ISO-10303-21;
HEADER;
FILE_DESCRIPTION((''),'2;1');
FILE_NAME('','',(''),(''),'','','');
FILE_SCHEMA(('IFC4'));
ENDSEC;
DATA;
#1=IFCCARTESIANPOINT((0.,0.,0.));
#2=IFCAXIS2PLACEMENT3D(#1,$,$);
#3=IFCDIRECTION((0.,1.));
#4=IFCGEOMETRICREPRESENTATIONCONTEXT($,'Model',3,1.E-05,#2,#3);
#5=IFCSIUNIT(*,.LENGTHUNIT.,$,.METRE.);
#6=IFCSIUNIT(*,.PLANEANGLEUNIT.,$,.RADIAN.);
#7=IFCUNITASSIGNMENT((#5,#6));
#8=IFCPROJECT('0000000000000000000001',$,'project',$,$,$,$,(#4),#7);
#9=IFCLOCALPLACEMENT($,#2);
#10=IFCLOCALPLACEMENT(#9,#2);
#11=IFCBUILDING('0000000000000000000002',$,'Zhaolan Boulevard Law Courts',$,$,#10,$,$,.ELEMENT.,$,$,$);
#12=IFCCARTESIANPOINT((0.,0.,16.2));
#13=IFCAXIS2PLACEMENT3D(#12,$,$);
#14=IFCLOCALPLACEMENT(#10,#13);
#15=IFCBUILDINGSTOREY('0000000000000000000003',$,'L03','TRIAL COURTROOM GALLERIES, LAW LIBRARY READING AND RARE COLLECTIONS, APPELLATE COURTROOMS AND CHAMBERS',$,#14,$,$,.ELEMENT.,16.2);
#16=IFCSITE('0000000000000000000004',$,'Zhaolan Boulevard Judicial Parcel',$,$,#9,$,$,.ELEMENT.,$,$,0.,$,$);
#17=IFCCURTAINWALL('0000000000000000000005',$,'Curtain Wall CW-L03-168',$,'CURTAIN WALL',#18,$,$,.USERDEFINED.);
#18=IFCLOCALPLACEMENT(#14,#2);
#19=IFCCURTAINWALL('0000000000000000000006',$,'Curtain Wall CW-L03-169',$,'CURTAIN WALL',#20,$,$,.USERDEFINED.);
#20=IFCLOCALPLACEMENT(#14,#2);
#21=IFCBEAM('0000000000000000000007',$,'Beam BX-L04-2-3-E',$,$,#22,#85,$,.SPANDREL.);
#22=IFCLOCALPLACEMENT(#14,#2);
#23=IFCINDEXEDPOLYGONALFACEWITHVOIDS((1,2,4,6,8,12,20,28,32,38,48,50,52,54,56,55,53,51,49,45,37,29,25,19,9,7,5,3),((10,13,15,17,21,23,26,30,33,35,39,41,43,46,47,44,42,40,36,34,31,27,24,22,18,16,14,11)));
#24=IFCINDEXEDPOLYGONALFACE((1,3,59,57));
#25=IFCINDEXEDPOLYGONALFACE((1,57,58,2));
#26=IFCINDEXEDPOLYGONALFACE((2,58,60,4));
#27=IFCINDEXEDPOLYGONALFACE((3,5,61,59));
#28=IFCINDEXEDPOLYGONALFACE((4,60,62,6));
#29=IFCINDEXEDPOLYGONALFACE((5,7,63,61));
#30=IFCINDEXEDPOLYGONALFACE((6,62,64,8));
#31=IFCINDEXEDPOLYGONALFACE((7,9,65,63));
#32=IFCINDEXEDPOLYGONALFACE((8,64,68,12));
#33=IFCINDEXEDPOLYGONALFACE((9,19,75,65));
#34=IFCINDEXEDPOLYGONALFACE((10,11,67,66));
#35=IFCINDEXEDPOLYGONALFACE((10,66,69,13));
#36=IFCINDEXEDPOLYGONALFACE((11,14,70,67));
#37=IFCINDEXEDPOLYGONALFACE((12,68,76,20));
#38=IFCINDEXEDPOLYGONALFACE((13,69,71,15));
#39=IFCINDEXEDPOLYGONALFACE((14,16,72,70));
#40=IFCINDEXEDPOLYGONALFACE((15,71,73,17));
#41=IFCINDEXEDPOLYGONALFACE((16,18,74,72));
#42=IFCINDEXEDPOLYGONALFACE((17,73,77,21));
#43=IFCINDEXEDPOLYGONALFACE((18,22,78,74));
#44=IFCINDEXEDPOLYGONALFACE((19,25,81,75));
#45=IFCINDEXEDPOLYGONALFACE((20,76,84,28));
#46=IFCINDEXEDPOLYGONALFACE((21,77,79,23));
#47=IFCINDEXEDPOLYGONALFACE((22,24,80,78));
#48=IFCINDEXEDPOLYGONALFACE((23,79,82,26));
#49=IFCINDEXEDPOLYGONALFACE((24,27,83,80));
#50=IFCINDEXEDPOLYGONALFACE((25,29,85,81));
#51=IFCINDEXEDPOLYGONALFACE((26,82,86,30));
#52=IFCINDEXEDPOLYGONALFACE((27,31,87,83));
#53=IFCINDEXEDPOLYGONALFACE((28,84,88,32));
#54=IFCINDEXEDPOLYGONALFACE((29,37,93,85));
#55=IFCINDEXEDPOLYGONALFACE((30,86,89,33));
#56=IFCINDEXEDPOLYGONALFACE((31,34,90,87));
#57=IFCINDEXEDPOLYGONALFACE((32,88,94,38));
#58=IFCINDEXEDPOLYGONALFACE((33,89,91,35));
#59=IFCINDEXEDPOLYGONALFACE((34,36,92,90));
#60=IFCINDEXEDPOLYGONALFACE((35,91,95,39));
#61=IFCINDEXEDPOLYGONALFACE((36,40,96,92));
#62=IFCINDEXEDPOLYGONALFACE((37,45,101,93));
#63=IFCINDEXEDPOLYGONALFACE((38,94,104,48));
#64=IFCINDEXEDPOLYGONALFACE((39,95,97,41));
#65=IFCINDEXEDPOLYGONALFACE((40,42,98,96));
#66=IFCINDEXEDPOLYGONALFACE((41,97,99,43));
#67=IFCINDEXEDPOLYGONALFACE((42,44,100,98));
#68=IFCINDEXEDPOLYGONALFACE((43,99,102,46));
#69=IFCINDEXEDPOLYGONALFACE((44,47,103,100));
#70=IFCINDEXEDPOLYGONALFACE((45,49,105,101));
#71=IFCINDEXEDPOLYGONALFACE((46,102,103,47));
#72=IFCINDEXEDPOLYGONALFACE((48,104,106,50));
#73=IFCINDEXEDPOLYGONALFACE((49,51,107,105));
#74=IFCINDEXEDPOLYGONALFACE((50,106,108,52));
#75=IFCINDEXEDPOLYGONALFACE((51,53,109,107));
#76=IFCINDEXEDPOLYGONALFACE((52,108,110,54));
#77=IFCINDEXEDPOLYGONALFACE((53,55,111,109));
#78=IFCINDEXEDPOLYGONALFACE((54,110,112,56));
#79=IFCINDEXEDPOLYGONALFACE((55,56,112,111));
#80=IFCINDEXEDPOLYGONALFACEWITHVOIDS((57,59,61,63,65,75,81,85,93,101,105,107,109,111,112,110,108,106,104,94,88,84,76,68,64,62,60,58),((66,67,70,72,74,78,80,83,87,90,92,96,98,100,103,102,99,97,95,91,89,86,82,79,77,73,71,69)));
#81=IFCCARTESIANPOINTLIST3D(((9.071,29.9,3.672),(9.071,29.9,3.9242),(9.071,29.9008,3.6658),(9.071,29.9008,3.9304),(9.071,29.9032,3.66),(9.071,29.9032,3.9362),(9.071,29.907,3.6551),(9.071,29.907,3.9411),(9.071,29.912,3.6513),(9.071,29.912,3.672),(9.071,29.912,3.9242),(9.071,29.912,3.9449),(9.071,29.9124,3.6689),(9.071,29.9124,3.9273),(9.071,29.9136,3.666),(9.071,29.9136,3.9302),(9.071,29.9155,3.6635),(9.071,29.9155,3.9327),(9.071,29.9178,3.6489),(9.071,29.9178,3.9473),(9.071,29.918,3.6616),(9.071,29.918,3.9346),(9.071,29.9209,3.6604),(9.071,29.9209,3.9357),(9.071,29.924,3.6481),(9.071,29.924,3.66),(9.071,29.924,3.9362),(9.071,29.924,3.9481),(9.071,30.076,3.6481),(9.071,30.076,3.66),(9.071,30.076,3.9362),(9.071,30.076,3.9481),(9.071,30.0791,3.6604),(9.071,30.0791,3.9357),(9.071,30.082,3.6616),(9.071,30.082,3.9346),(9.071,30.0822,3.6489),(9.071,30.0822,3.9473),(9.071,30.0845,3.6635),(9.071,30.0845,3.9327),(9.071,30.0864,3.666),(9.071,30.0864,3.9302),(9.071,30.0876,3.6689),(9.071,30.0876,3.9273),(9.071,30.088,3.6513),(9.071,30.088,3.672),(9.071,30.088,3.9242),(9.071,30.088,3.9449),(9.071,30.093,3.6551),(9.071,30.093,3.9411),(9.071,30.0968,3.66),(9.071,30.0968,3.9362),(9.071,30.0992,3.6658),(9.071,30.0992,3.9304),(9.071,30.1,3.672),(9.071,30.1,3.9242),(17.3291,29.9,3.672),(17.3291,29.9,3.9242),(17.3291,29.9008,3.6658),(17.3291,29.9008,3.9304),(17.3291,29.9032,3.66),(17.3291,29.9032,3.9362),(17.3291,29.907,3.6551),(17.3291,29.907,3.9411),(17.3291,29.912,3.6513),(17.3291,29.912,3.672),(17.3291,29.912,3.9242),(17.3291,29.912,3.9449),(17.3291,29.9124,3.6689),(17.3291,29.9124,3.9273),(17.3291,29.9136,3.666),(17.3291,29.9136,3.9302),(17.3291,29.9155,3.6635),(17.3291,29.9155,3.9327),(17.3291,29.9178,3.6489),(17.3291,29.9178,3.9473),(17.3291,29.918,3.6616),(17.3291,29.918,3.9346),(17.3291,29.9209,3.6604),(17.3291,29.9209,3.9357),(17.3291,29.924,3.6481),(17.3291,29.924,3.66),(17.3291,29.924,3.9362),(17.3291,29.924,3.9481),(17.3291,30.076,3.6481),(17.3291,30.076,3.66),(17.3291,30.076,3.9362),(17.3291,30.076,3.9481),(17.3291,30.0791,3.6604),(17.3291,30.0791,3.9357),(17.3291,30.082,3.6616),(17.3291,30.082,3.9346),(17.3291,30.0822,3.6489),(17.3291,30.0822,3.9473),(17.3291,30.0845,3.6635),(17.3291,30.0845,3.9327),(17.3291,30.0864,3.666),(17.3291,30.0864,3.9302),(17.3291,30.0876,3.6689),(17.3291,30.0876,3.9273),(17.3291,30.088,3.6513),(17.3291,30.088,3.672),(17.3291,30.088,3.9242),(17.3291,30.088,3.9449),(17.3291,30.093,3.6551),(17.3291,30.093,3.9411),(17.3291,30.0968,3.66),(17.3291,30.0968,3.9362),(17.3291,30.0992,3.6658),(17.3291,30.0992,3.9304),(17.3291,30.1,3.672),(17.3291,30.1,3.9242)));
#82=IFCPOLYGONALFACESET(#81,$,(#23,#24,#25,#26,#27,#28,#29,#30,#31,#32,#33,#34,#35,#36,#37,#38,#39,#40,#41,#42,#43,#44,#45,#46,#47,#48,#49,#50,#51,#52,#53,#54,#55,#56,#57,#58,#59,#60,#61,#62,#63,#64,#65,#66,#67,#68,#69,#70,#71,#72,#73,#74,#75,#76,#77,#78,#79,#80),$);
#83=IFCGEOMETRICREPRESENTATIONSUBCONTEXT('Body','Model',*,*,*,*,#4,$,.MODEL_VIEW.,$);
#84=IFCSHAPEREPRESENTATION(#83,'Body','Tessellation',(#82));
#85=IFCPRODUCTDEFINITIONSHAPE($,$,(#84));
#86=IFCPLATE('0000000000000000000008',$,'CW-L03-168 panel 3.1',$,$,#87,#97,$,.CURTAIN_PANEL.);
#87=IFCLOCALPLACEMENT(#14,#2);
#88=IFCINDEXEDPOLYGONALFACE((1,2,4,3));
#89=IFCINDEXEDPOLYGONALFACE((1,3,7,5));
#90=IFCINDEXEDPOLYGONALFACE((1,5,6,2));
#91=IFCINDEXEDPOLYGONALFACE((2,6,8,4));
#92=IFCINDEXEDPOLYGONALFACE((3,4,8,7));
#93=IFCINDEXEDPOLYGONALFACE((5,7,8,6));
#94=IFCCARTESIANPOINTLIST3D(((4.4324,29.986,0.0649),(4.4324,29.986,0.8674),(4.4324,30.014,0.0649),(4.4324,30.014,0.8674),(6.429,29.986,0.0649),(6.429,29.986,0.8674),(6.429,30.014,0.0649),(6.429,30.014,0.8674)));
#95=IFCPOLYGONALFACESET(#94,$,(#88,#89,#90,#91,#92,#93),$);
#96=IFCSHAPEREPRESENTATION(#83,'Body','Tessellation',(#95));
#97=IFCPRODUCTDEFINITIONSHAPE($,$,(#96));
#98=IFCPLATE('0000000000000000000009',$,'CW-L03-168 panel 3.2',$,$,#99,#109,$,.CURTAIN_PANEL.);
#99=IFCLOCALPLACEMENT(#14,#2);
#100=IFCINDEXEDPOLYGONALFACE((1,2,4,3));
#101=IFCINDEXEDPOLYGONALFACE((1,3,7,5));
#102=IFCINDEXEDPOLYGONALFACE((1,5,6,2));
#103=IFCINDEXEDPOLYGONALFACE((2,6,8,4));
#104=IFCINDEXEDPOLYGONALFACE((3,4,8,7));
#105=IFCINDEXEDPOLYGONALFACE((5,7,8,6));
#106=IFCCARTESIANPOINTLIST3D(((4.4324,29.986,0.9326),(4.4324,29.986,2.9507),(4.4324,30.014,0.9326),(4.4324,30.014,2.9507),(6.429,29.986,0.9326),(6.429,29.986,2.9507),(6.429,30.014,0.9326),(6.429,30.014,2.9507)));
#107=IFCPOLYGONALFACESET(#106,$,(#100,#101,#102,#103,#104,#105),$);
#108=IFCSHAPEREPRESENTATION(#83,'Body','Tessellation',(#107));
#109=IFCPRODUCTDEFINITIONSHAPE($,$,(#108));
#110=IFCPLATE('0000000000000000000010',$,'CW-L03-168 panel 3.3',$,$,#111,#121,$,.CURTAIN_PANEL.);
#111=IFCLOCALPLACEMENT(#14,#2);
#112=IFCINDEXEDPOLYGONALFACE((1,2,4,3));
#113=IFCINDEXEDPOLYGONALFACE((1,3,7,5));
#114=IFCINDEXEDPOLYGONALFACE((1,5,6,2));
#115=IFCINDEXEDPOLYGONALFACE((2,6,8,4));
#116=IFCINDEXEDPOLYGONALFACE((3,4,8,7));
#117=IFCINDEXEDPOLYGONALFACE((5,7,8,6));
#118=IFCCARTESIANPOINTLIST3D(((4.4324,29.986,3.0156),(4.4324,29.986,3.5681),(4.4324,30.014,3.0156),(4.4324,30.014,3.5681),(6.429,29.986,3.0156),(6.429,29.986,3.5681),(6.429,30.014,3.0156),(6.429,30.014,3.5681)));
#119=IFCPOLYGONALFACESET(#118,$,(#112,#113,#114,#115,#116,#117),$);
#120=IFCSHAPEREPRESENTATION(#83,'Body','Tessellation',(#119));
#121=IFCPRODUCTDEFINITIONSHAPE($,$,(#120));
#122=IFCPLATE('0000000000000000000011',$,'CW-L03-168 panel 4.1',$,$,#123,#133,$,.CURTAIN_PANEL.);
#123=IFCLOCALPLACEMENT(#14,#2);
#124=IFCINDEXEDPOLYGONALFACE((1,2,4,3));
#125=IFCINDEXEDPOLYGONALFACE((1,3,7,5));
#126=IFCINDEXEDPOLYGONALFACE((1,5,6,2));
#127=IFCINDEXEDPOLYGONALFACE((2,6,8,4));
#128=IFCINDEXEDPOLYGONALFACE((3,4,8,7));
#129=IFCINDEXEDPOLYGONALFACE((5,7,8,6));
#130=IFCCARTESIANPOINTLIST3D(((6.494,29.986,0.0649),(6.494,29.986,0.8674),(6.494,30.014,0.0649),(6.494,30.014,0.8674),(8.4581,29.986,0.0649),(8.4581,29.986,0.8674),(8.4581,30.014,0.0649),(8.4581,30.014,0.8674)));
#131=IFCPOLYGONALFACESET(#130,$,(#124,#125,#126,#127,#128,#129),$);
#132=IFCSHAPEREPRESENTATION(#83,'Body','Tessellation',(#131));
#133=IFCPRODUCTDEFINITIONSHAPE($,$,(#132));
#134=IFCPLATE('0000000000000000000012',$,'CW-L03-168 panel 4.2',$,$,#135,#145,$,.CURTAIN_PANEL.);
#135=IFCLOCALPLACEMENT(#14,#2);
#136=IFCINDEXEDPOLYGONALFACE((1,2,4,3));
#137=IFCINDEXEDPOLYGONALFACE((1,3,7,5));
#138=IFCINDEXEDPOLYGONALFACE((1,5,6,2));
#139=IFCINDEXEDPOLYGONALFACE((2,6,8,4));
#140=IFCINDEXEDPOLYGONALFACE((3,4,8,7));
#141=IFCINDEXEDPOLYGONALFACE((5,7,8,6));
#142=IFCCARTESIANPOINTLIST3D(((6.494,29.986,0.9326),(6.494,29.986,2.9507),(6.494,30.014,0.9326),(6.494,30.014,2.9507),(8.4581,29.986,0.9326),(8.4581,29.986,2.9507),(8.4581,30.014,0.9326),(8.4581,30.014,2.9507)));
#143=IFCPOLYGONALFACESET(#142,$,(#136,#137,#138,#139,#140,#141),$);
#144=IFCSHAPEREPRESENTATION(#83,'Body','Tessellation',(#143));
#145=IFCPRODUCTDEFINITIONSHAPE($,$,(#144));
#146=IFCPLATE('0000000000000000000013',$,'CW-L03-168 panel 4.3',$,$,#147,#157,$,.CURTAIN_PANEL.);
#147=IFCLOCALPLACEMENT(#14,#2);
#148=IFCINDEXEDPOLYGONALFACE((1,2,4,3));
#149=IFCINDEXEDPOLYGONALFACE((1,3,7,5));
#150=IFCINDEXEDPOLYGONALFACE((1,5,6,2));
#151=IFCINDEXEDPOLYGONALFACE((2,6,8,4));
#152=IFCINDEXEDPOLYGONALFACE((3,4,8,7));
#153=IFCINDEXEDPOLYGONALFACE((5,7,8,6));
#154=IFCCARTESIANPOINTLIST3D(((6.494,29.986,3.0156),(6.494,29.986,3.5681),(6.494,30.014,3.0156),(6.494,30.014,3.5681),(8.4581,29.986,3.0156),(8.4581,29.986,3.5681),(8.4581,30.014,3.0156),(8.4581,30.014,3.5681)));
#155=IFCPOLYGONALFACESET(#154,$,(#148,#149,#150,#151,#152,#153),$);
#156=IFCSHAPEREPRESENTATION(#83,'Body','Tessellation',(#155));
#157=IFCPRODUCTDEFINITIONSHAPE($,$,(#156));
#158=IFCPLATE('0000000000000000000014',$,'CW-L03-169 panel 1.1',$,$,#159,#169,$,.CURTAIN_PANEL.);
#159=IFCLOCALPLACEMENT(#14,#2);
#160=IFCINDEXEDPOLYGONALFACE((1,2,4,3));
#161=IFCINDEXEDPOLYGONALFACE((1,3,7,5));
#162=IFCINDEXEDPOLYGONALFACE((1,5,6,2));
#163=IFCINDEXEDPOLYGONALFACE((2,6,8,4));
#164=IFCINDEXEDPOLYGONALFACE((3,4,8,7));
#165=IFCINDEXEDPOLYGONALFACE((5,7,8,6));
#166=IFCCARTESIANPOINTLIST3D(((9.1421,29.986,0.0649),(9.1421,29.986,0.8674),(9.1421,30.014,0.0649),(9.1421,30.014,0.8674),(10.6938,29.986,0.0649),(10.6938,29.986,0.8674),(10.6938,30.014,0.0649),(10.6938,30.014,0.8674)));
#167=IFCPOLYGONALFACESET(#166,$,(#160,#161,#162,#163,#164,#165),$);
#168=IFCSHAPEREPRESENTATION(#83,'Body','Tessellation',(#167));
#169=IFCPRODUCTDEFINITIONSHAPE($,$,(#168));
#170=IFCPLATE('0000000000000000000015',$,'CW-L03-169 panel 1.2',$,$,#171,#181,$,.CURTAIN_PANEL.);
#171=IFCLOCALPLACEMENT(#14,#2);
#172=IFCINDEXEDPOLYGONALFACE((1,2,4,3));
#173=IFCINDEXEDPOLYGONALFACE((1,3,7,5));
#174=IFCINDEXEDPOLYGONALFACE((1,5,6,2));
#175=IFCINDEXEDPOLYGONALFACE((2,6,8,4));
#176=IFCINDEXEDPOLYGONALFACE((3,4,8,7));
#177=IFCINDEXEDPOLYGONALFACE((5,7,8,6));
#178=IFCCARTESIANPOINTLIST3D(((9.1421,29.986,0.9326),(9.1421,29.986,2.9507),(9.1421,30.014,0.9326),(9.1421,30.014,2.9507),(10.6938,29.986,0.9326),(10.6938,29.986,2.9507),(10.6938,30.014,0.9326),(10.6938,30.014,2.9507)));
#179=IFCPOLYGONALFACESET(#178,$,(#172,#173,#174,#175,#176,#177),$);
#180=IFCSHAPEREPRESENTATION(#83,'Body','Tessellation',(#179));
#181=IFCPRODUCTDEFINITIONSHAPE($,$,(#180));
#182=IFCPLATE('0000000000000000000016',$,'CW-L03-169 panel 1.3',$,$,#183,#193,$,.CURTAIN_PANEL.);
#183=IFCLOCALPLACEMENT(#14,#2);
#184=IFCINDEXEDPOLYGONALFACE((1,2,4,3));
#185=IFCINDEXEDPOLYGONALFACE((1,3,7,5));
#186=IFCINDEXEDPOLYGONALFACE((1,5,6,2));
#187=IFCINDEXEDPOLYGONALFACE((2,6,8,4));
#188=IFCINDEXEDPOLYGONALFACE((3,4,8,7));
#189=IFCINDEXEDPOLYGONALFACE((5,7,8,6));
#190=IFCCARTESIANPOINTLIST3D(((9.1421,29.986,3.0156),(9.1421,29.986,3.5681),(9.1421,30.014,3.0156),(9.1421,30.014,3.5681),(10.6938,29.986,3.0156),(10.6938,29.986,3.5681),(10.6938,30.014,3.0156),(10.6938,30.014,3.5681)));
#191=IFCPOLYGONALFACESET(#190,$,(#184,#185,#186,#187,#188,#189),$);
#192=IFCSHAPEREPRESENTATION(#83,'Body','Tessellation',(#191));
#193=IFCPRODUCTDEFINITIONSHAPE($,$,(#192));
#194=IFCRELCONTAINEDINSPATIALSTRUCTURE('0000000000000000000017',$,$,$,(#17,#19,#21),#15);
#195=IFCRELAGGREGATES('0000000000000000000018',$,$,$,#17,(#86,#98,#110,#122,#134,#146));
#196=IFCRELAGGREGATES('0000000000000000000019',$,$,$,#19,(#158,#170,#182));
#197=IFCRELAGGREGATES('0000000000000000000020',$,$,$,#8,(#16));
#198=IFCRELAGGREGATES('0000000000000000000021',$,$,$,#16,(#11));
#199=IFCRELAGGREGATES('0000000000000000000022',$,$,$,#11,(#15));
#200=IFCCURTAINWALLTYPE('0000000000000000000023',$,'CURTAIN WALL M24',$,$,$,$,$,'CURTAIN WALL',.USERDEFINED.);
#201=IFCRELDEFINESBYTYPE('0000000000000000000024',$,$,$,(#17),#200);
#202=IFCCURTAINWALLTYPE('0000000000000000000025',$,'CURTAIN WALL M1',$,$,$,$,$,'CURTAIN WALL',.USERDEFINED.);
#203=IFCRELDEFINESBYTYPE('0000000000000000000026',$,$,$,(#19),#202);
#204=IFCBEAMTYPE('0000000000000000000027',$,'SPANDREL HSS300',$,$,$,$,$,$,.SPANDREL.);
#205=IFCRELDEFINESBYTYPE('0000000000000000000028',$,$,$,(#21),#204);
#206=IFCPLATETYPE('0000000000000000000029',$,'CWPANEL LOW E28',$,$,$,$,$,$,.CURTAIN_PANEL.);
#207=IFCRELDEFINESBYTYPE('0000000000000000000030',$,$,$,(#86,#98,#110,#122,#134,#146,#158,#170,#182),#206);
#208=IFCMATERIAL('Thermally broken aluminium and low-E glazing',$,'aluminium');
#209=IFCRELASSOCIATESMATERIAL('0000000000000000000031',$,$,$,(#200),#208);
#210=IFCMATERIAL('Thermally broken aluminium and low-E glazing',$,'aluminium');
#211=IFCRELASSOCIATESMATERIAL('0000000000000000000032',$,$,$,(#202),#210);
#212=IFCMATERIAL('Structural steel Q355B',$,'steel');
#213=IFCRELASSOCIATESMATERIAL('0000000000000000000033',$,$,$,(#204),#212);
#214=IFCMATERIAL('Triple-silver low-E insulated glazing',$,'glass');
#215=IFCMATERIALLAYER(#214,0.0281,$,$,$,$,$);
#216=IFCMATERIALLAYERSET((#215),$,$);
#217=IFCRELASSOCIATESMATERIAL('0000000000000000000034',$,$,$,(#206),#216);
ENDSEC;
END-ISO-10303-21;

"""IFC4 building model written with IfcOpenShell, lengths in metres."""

from ifc_helpers import new_model, si_unit, direction, frame, origin, origin_2d, place, context, subcontext, project, spatial, rectangle, hollow_rectangle, extrude, material, layer, layer_set, material_profile, profile_set, type_object, element, aggregate, save


model = new_model("IFC4")

# Units and contexts
model_context = context("Model", 3, precision=1e-05, world=origin(), true_north=direction((0.0, 1.0)))
body_context = subcontext(model_context, "Body", "Model", "MODEL_VIEW")
ifc_project = project(units=[si_unit("LENGTHUNIT", "METRE"), si_unit("PLANEANGLEUNIT", "RADIAN")], contexts=[model_context])

# Site, building, storey
site_placement = place(None, origin())
site = spatial("IfcSite", under=ifc_project, at=site_placement, Name="Zhaolan Boulevard Judicial Parcel", CompositionType="ELEMENT", RefElevation=0.0)
building_placement = place(site_placement, origin())
building = spatial("IfcBuilding", under=site, at=building_placement, Name="Zhaolan Boulevard Law Courts", CompositionType="ELEMENT")
storey_placement = place(building_placement, frame((0.0, 0.0, 16.2)))
storey = spatial("IfcBuildingStorey", under=building, at=storey_placement, Name="L03", Description="TRIAL COURTROOM GALLERIES, LAW LIBRARY READING AND RARE COLLECTIONS, APPELLATE COURTROOMS AND CHAMBERS", CompositionType="ELEMENT", Elevation=16.2)

# Curtain walls
ifc_material_1 = material(Name="Thermally broken aluminium and low-E glazing", Category="aluminium")
curtain_wall_type_1 = type_object("IfcCurtainWallType", Name="CURTAIN WALL M24", ElementType="CURTAIN WALL", PredefinedType="USERDEFINED", material=ifc_material_1)
curtain_wall_1_placement = place(storey_placement, origin())
curtain_wall_1 = element("IfcCurtainWall", 1, at=curtain_wall_1_placement, inside=storey, type_object=curtain_wall_type_1, Name="Curtain Wall CW-L03-168", ObjectType="CURTAIN WALL", PredefinedType="USERDEFINED")
ifc_material_2 = material(Name="Thermally broken aluminium and low-E glazing", Category="aluminium")
curtain_wall_type_2 = type_object("IfcCurtainWallType", Name="CURTAIN WALL M1", ElementType="CURTAIN WALL", PredefinedType="USERDEFINED", material=ifc_material_2)
curtain_wall_2_placement = place(storey_placement, origin())
curtain_wall_2 = element("IfcCurtainWall", 2, at=curtain_wall_2_placement, inside=storey, type_object=curtain_wall_type_2, Name="Curtain Wall CW-L03-169", ObjectType="CURTAIN WALL", PredefinedType="USERDEFINED")

# Beam
ifc_material_3 = material(Name="Structural steel Q355B", Category="steel")
ifc_material_profile_1 = material_profile(ifc_material_3, hollow_rectangle(XDim=0.2, YDim=0.3, WallThickness=0.012, InnerFilletRadius=0.012, OuterFilletRadius=0.0239, at=origin_2d()), Name="HSS300x200x12")
ifc_profile_set_1 = profile_set([ifc_material_profile_1], Name="Structural steel Q355B")
beam_type = type_object("IfcBeamType", Name="SPANDREL HSS300", PredefinedType="SPANDREL", material=ifc_profile_set_1)
beam_placement = place(storey_placement, frame((9.071, 30.0, 3.7981), z_axis=(1.0, 0.0, 0.0), x_axis=(0.0, 1.0, 0.0)))
element("IfcBeam", 3, at=beam_placement, inside=storey, type_object=beam_type, Name="Beam BX-L04-2-3-E", PredefinedType="SPANDREL", context=body_context, shape_type="SweptSolid", body=[
    extrude(hollow_rectangle(XDim=0.2, YDim=0.3, WallThickness=0.012, InnerFilletRadius=0.012, OuterFilletRadius=0.0239, at=origin_2d()), origin(), (0.0, 0.0, 1.0), 8.2581),
])

# Plates
ifc_material_4 = material(Name="Triple-silver low-E insulated glazing", Category="glass")
ifc_layer_1 = layer(ifc_material_4, 0.0281)
ifc_layer_set_1 = layer_set([ifc_layer_1])
plate_type_1 = type_object("IfcPlateType", Name="CWPANEL LOW E28", PredefinedType="CURTAIN_PANEL", material=ifc_layer_set_1)
plate_1_placement = place(storey_placement, frame((5.4307, 30.0, 0.0649), z_axis=(0.0, 0.0, 1.0), x_axis=(1.0, 0.0, 0.0)))
plate_1 = element("IfcPlate", 4, at=plate_1_placement, type_object=plate_type_1, Name="CW-L03-168 panel 3.1", PredefinedType="CURTAIN_PANEL", context=body_context, shape_type="SweptSolid", body=[
    extrude(rectangle(XDim=1.9966, YDim=0.0281, at=origin_2d()), origin(), (0.0, 0.0, 1.0), 0.8025),
])
plate_2_placement = place(storey_placement, frame((5.4307, 30.0, 0.9326), z_axis=(0.0, 0.0, 1.0), x_axis=(1.0, 0.0, 0.0)))
plate_2 = element("IfcPlate", 5, at=plate_2_placement, type_object=plate_type_1, Name="CW-L03-168 panel 3.2", PredefinedType="CURTAIN_PANEL", context=body_context, shape_type="SweptSolid", body=[
    extrude(rectangle(XDim=1.9966, YDim=0.0281, at=origin_2d()), origin(), (0.0, 0.0, 1.0), 2.0181),
])
plate_3_placement = place(storey_placement, frame((5.4307, 30.0, 3.0156), z_axis=(0.0, 0.0, 1.0), x_axis=(1.0, 0.0, 0.0)))
plate_3 = element("IfcPlate", 6, at=plate_3_placement, type_object=plate_type_1, Name="CW-L03-168 panel 3.3", PredefinedType="CURTAIN_PANEL", context=body_context, shape_type="SweptSolid", body=[
    extrude(rectangle(XDim=1.9966, YDim=0.0281, at=origin_2d()), origin(), (0.0, 0.0, 1.0), 0.5525),
])
plate_4_placement = place(storey_placement, frame((7.4761, 30.0, 0.0649), z_axis=(0.0, 0.0, 1.0), x_axis=(1.0, 0.0, 0.0)))
plate_4 = element("IfcPlate", 7, at=plate_4_placement, type_object=plate_type_1, Name="CW-L03-168 panel 4.1", PredefinedType="CURTAIN_PANEL", context=body_context, shape_type="SweptSolid", body=[
    extrude(rectangle(XDim=1.9641, YDim=0.0281, at=origin_2d()), origin(), (0.0, 0.0, 1.0), 0.8025),
])
plate_5_placement = place(storey_placement, frame((7.4761, 30.0, 0.9326), z_axis=(0.0, 0.0, 1.0), x_axis=(1.0, 0.0, 0.0)))
plate_5 = element("IfcPlate", 8, at=plate_5_placement, type_object=plate_type_1, Name="CW-L03-168 panel 4.2", PredefinedType="CURTAIN_PANEL", context=body_context, shape_type="SweptSolid", body=[
    extrude(rectangle(XDim=1.9641, YDim=0.0281, at=origin_2d()), origin(), (0.0, 0.0, 1.0), 2.0181),
])
plate_6_placement = place(storey_placement, frame((7.4761, 30.0, 3.0156), z_axis=(0.0, 0.0, 1.0), x_axis=(1.0, 0.0, 0.0)))
plate_6 = element("IfcPlate", 9, at=plate_6_placement, type_object=plate_type_1, Name="CW-L03-168 panel 4.3", PredefinedType="CURTAIN_PANEL", context=body_context, shape_type="SweptSolid", body=[
    extrude(rectangle(XDim=1.9641, YDim=0.0281, at=origin_2d()), origin(), (0.0, 0.0, 1.0), 0.5525),
])
aggregate(curtain_wall_1, [plate_1, plate_2, plate_3, plate_4, plate_5, plate_6])
plate_7_placement = place(storey_placement, frame((9.918, 30.0, 0.0649), z_axis=(0.0, 0.0, 1.0), x_axis=(1.0, 0.0, 0.0)))
plate_7 = element("IfcPlate", 10, at=plate_7_placement, type_object=plate_type_1, Name="CW-L03-169 panel 1.1", PredefinedType="CURTAIN_PANEL", context=body_context, shape_type="SweptSolid", body=[
    extrude(rectangle(XDim=1.5518, YDim=0.0281, at=origin_2d()), origin(), (0.0, 0.0, 1.0), 0.8025),
])
plate_8_placement = place(storey_placement, frame((9.918, 30.0, 0.9326), z_axis=(0.0, 0.0, 1.0), x_axis=(1.0, 0.0, 0.0)))
plate_8 = element("IfcPlate", 11, at=plate_8_placement, type_object=plate_type_1, Name="CW-L03-169 panel 1.2", PredefinedType="CURTAIN_PANEL", context=body_context, shape_type="SweptSolid", body=[
    extrude(rectangle(XDim=1.5518, YDim=0.0281, at=origin_2d()), origin(), (0.0, 0.0, 1.0), 2.0181),
])
plate_9_placement = place(storey_placement, frame((9.918, 30.0, 3.0156), z_axis=(0.0, 0.0, 1.0), x_axis=(1.0, 0.0, 0.0)))
plate_9 = element("IfcPlate", 12, at=plate_9_placement, type_object=plate_type_1, Name="CW-L03-169 panel 1.3", PredefinedType="CURTAIN_PANEL", context=body_context, shape_type="SweptSolid", body=[
    extrude(rectangle(XDim=1.5518, YDim=0.0281, at=origin_2d()), origin(), (0.0, 0.0, 1.0), 0.5525),
])
aggregate(curtain_wall_2, [plate_7, plate_8, plate_9])

save(model, "model.ifc")
